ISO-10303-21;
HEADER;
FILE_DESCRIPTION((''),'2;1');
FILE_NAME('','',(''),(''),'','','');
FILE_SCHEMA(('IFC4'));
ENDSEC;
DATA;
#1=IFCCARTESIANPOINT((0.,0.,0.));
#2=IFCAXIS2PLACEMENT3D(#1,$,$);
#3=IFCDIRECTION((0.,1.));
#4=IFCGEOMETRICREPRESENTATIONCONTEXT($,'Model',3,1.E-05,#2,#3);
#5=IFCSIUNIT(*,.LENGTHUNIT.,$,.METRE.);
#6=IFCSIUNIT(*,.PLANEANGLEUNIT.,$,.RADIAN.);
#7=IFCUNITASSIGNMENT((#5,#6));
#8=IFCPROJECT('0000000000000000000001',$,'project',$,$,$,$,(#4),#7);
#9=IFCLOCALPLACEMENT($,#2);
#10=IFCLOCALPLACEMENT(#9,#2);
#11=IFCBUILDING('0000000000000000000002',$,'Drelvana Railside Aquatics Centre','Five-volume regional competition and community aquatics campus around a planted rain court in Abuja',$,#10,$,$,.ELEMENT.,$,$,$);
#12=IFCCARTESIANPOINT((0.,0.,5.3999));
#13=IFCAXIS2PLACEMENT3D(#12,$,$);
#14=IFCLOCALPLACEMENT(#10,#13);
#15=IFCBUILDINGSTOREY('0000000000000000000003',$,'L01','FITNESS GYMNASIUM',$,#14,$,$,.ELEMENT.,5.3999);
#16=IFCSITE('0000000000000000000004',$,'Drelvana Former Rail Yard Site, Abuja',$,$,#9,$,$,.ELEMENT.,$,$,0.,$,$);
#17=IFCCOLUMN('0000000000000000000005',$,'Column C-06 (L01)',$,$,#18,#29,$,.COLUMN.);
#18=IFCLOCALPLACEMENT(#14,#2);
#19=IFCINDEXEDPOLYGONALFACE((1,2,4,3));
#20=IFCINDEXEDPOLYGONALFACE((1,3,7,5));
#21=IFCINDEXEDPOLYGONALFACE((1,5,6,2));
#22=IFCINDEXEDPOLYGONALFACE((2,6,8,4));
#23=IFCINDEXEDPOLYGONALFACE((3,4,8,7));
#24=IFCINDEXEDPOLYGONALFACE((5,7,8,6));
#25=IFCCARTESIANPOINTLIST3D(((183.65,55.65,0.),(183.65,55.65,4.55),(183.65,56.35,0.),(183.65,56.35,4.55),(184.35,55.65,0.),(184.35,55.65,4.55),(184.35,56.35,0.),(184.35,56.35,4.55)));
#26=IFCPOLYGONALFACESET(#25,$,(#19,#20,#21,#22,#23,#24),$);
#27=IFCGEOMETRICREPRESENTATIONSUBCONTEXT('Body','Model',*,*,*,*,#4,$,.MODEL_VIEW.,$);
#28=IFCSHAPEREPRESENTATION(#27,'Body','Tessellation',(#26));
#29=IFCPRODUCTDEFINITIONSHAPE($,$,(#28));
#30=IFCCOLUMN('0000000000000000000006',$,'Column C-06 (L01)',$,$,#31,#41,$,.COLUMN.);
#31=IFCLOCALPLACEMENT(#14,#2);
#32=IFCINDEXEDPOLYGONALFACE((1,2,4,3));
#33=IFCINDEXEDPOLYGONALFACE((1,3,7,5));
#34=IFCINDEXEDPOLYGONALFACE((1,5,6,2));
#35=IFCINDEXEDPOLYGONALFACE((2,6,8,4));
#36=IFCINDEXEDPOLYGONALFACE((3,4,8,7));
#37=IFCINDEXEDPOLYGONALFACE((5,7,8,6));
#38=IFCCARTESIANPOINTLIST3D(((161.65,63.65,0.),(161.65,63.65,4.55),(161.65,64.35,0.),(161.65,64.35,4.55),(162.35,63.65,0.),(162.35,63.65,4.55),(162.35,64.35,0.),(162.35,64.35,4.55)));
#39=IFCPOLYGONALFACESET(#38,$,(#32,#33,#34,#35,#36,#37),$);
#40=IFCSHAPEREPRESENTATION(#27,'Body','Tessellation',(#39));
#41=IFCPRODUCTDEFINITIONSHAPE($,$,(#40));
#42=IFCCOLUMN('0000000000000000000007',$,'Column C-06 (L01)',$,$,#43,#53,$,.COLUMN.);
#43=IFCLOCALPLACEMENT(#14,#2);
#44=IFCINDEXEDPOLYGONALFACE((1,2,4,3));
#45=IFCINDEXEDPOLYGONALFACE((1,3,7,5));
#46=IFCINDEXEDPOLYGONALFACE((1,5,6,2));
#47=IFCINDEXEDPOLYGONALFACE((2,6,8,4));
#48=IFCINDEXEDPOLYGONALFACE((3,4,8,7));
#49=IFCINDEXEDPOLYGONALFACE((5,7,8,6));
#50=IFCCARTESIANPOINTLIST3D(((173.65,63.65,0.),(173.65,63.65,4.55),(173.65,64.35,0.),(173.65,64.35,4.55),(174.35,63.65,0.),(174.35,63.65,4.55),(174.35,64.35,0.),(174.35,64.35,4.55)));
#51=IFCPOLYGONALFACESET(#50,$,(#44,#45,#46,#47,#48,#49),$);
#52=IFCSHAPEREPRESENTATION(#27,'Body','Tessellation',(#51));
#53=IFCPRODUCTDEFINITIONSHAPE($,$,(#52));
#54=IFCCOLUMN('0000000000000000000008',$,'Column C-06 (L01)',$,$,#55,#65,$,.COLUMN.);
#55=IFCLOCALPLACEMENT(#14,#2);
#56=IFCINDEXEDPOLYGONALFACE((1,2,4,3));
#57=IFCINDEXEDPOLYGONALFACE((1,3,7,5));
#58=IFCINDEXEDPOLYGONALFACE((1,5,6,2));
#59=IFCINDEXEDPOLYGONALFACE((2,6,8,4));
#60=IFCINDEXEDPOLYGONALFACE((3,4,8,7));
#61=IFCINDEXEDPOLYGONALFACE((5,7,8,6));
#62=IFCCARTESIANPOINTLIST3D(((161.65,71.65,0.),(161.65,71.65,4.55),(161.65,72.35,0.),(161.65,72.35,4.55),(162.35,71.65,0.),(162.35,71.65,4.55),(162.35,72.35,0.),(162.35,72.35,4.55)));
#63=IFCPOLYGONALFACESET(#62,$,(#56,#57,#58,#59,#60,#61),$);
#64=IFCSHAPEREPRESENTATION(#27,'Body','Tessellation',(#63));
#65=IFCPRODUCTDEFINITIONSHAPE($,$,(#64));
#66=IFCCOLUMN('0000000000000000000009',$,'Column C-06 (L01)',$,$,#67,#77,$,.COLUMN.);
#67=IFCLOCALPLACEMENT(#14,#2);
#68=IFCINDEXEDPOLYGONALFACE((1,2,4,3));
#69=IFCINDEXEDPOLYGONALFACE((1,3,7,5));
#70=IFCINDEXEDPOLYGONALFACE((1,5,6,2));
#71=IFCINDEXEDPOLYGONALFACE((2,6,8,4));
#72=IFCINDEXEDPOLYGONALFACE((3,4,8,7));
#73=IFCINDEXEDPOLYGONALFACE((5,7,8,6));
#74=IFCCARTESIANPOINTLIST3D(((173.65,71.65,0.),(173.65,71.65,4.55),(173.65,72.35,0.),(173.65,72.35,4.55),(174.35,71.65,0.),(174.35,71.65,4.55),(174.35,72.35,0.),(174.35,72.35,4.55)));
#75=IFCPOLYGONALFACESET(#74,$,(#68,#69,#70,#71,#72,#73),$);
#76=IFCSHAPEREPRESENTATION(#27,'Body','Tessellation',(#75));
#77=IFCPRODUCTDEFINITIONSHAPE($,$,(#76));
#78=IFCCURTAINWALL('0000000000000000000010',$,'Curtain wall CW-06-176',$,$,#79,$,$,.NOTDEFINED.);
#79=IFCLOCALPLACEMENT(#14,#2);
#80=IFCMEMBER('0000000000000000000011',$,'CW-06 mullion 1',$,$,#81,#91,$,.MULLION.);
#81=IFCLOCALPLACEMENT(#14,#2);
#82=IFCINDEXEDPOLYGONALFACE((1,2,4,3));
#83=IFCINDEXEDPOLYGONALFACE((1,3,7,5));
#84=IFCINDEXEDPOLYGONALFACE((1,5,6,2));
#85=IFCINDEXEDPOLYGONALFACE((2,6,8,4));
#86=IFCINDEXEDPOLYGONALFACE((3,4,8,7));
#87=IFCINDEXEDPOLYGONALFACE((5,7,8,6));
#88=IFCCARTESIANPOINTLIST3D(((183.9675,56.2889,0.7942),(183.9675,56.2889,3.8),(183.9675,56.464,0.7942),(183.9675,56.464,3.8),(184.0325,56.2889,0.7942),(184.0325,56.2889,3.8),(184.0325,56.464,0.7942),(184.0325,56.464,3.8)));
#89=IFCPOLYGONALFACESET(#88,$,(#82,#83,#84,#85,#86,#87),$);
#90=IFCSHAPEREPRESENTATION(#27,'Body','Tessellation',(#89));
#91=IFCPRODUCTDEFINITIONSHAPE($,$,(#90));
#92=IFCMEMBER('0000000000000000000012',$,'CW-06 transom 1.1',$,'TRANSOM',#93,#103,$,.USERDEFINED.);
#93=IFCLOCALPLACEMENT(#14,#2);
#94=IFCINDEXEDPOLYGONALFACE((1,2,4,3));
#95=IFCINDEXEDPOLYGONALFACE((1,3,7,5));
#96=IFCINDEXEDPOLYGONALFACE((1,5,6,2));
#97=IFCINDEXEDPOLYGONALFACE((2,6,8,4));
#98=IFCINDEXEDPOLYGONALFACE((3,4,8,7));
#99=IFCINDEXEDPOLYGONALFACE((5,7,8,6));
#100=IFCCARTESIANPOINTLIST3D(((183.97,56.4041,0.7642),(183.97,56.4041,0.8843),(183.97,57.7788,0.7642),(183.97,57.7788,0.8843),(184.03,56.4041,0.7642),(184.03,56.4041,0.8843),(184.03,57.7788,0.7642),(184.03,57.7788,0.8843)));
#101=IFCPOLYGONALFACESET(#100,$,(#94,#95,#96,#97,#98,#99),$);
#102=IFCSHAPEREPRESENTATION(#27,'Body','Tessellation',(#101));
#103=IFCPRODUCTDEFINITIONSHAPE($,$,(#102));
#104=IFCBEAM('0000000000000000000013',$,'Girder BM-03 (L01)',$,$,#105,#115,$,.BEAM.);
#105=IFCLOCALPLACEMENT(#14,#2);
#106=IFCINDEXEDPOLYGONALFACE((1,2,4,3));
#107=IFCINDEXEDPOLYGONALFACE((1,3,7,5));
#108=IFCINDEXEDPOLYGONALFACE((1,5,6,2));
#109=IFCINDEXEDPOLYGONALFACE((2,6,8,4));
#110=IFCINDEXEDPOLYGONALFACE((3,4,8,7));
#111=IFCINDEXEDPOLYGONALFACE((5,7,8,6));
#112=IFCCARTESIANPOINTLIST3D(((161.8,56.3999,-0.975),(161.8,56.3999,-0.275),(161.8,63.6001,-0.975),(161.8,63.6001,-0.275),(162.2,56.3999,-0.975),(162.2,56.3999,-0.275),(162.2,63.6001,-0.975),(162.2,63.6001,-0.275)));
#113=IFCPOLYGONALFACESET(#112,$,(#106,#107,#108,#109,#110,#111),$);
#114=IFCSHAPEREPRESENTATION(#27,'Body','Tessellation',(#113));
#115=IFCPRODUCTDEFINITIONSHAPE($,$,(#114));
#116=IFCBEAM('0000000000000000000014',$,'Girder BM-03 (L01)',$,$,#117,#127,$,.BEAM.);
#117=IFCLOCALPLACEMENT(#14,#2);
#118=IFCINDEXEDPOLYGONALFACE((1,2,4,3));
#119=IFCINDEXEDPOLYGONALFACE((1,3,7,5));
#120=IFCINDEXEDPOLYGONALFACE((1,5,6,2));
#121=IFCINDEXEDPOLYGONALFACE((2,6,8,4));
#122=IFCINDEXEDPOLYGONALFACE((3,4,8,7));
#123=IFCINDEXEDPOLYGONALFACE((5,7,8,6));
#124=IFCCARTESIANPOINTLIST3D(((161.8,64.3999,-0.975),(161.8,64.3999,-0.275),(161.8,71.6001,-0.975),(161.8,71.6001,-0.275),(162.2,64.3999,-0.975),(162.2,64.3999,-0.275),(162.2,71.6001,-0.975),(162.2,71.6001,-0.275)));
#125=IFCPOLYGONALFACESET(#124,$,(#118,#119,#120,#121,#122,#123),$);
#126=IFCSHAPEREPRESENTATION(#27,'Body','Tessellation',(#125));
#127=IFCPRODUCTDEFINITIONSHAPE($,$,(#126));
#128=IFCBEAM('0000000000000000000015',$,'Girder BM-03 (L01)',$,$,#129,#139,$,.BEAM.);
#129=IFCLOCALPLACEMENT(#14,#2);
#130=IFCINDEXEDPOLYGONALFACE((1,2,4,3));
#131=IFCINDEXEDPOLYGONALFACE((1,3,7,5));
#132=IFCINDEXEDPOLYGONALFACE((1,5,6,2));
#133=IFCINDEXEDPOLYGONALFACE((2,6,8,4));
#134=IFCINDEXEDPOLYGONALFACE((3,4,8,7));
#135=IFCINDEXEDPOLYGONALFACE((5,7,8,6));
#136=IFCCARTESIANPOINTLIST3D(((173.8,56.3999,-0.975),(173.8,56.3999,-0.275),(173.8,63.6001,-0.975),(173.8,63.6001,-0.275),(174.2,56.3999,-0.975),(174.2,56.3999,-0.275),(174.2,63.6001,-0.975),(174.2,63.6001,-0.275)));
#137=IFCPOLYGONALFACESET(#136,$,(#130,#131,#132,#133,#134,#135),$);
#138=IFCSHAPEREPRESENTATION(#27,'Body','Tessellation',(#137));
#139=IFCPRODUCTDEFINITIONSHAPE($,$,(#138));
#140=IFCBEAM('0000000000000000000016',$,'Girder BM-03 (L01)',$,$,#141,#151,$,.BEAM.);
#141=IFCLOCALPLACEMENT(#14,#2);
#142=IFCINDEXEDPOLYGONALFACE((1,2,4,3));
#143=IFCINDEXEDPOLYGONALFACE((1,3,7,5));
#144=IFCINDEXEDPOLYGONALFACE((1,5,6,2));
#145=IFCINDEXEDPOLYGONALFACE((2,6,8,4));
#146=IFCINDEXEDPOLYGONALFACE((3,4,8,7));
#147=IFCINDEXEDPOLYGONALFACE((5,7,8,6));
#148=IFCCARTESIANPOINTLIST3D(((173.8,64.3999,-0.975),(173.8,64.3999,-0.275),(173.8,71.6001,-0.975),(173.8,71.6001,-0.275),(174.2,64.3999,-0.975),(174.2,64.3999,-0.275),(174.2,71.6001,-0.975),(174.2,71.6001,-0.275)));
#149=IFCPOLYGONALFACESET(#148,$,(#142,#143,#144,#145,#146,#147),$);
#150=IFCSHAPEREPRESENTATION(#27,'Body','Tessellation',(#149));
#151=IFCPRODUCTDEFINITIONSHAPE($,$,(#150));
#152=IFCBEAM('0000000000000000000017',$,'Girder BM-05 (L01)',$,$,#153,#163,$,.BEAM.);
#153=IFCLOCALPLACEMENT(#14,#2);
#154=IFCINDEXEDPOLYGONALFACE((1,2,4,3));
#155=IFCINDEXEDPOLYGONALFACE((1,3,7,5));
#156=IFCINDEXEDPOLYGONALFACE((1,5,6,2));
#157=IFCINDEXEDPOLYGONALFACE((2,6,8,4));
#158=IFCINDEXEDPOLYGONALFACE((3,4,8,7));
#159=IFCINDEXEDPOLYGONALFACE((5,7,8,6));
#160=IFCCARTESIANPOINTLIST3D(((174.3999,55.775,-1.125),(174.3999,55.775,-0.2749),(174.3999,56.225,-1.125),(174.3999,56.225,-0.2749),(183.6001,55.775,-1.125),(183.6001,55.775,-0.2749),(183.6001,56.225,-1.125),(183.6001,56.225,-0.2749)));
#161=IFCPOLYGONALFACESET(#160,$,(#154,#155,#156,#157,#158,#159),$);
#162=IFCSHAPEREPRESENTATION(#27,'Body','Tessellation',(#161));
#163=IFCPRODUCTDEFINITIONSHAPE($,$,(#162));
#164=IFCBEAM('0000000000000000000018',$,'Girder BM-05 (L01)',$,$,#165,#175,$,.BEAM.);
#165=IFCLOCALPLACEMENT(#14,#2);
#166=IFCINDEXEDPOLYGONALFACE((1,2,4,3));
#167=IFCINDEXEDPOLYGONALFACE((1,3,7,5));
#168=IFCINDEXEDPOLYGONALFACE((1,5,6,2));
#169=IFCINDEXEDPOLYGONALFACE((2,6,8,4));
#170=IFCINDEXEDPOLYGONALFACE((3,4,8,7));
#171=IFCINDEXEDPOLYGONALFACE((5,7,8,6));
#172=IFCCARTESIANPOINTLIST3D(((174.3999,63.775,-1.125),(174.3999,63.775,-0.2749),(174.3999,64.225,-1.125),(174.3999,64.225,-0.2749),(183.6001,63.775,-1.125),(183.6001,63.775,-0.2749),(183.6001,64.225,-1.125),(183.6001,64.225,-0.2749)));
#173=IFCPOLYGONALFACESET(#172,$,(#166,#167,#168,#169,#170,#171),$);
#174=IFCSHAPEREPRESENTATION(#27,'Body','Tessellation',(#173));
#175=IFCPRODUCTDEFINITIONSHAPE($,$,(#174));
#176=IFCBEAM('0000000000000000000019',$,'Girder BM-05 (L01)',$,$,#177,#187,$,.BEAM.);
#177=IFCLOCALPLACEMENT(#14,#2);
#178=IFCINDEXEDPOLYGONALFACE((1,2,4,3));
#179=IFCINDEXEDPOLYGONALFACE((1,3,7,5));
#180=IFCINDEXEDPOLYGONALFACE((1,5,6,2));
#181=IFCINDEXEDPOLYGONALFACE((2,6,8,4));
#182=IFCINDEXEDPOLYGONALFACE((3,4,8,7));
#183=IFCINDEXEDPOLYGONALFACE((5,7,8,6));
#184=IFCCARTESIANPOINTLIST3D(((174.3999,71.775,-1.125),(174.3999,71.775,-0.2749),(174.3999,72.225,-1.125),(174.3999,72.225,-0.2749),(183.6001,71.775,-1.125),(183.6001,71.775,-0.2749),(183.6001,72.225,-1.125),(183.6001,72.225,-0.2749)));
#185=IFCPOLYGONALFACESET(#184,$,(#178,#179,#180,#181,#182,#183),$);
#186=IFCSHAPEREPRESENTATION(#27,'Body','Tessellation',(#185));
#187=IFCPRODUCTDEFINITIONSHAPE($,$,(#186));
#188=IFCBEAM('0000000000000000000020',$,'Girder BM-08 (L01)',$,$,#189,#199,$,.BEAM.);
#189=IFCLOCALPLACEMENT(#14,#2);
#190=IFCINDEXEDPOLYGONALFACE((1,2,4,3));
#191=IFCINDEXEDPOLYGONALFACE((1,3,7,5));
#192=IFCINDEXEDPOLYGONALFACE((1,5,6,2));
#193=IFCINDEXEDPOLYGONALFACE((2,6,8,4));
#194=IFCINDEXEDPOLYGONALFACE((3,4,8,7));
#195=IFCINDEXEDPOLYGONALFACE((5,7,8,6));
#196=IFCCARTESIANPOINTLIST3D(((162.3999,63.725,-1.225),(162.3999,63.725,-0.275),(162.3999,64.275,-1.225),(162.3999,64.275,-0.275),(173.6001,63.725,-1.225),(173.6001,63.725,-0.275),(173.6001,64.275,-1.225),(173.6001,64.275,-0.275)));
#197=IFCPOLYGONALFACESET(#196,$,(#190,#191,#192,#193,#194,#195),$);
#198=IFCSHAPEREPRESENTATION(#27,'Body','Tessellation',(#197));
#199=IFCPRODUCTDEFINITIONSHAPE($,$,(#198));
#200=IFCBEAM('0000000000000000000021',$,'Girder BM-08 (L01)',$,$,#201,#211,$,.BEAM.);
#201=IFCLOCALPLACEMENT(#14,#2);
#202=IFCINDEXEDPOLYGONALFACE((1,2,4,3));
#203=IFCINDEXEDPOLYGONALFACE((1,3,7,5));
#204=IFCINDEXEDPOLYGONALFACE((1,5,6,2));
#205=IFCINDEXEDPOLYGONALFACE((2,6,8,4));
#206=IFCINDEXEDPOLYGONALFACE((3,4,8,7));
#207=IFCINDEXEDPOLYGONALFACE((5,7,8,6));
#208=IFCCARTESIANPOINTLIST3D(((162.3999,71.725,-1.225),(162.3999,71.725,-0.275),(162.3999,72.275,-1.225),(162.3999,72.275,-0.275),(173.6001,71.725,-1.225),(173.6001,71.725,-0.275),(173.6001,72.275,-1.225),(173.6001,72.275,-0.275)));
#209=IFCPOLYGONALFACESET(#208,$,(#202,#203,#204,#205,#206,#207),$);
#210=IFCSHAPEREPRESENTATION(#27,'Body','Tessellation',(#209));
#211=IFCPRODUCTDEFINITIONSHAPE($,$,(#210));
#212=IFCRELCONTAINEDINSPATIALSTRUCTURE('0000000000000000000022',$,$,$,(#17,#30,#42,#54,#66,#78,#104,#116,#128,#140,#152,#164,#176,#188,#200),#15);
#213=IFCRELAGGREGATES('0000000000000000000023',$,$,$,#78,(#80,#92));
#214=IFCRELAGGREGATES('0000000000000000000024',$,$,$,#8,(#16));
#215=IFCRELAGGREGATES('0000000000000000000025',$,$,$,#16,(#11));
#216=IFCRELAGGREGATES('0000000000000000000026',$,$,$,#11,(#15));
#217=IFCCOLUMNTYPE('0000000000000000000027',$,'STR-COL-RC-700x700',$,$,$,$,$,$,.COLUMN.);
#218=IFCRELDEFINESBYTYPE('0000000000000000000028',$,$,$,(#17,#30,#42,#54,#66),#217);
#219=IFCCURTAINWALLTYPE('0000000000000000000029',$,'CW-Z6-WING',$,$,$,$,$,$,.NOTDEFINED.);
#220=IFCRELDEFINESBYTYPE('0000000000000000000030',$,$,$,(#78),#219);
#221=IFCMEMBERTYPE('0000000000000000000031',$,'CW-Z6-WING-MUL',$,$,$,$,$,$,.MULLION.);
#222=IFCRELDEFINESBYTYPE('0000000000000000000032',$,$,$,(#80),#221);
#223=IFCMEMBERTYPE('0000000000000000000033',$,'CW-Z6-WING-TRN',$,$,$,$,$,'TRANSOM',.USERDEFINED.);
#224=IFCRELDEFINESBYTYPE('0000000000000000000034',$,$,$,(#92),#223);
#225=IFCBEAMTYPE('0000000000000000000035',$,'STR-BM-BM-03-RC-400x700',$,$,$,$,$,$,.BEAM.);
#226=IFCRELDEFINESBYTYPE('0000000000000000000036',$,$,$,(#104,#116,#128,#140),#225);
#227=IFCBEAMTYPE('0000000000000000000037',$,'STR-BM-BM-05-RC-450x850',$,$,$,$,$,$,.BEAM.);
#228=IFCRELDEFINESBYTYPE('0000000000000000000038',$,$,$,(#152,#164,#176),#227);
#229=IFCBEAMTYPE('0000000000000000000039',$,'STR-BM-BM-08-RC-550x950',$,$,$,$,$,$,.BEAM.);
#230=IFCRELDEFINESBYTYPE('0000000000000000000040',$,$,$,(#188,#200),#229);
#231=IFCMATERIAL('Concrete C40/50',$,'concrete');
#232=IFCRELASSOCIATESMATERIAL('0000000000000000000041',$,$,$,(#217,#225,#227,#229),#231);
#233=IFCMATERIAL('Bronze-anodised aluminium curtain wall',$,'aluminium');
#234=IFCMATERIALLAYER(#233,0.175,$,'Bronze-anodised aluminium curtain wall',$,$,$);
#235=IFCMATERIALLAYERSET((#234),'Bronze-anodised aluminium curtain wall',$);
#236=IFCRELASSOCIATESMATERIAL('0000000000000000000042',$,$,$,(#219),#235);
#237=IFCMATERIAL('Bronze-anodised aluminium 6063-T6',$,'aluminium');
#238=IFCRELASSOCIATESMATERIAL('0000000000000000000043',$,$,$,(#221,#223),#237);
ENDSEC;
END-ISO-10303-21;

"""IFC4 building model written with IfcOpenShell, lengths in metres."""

from ifc_helpers import new_model, si_unit, direction, frame, origin, origin_2d, place, context, subcontext, project, spatial, rectangle, extrude, material, layer, layer_set, material_profile, profile_set, type_object, element, aggregate, save


model = new_model("IFC4")

# Units and contexts
model_context = context("Model", 3, precision=1e-05, world=origin(), true_north=direction((0.0, 1.0)))
body_context = subcontext(model_context, "Body", "Model", "MODEL_VIEW")
ifc_project = project(units=[si_unit("LENGTHUNIT", "METRE"), si_unit("PLANEANGLEUNIT", "RADIAN")], contexts=[model_context])

# Site, building, storey
site_placement = place(None, origin())
site = spatial("IfcSite", under=ifc_project, at=site_placement, Name="Drelvana Former Rail Yard Site, Abuja", CompositionType="ELEMENT", RefElevation=0.0)
building_placement = place(site_placement, origin())
building = spatial("IfcBuilding", under=site, at=building_placement, Name="Drelvana Railside Aquatics Centre", Description="Five-volume regional competition and community aquatics campus around a planted rain court in Abuja", CompositionType="ELEMENT")
storey_placement = place(building_placement, frame((0.0, 0.0, 5.3999)))
storey = spatial("IfcBuildingStorey", under=building, at=storey_placement, Name="L01", Description="FITNESS GYMNASIUM", CompositionType="ELEMENT", Elevation=5.3999)

# Columns
ifc_material_1 = material(Name="Concrete C40/50", Category="concrete")
ifc_material_profile_1 = material_profile(ifc_material_1, rectangle(XDim=0.7, YDim=0.7, at=origin_2d()), Name="RC 700x700")
ifc_profile_set_1 = profile_set([ifc_material_profile_1], Name="Concrete C40/50")
column_type = type_object("IfcColumnType", Name="STR-COL-RC-700x700", PredefinedType="COLUMN", material=ifc_profile_set_1)
for number, where, z_axis, x_axis, name in (
    (1, (184.0, 56.0, 0.0), (0.0, 0.0, 1.0), (1.0, 0.0, 0.0), "Column C-06 (L01)"),
    (2, (162.0, 64.0, 0.0), (0.0, 0.0, 1.0), (1.0, 0.0, 0.0), "Column C-06 (L01)"),
    (3, (174.0, 64.0, 0.0), (0.0, 0.0, 1.0), (1.0, 0.0, 0.0), "Column C-06 (L01)"),
    (4, (162.0, 72.0, 0.0), (0.0, 0.0, 1.0), (1.0, 0.0, 0.0), "Column C-06 (L01)"),
    (5, (174.0, 72.0, 0.0), (0.0, 0.0, 1.0), (1.0, 0.0, 0.0), "Column C-06 (L01)"),
):
    element("IfcColumn", number, at=place(storey_placement, frame(where, z_axis=z_axis, x_axis=x_axis)), inside=storey, type_object=column_type, Name=name, PredefinedType="COLUMN", context=body_context, shape_type="SweptSolid", body=[
        extrude(rectangle(XDim=0.7, YDim=0.7, at=origin_2d()), origin(), (0.0, 0.0, 1.0), 4.55),
    ])

# Curtain wall, members
ifc_material_2 = material(Name="Bronze-anodised aluminium curtain wall", Category="aluminium")
ifc_layer_1 = layer(ifc_material_2, 0.175, Name="Bronze-anodised aluminium curtain wall")
ifc_layer_set_1 = layer_set([ifc_layer_1], Name="Bronze-anodised aluminium curtain wall")
curtain_wall_type = type_object("IfcCurtainWallType", Name="CW-Z6-WING", PredefinedType="NOTDEFINED", material=ifc_layer_set_1)
curtain_wall_placement = place(storey_placement, origin())
curtain_wall = element("IfcCurtainWall", 6, at=curtain_wall_placement, inside=storey, type_object=curtain_wall_type, Name="Curtain wall CW-06-176", PredefinedType="NOTDEFINED")
ifc_material_3 = material(Name="Bronze-anodised aluminium 6063-T6", Category="aluminium")
ifc_material_profile_2 = material_profile(ifc_material_3, rectangle(XDim=0.0649, YDim=0.175, at=origin_2d()), Name="ALU-M 65x175")
ifc_profile_set_2 = profile_set([ifc_material_profile_2], Name="Bronze-anodised aluminium 6063-T6")
member_type_1 = type_object("IfcMemberType", Name="CW-Z6-WING-MUL", PredefinedType="MULLION", material=ifc_profile_set_2)
member_1_placement = place(storey_placement, frame((184.0, 56.3765, 0.7942), z_axis=(0.0, 0.0, 1.0), x_axis=(-1.0, 0.0, 0.0)))
member_1 = element("IfcMember", 7, at=member_1_placement, type_object=member_type_1, Name="CW-06 mullion 1", PredefinedType="MULLION", context=body_context, shape_type="SweptSolid", body=[
    extrude(rectangle(XDim=0.0649, YDim=0.175, at=origin_2d()), origin(), (0.0, 0.0, 1.0), 3.0059),
])
ifc_material_profile_3 = material_profile(ifc_material_3, rectangle(XDim=0.1201, YDim=0.0601, at=origin_2d()), Name="ALU-T 60x120")
ifc_profile_set_3 = profile_set([ifc_material_profile_3], Name="Bronze-anodised aluminium 6063-T6")
member_type_2 = type_object("IfcMemberType", Name="CW-Z6-WING-TRN", ElementType="TRANSOM", PredefinedType="USERDEFINED", material=ifc_profile_set_3)
member_2_placement = place(storey_placement, frame((184.0, 56.4041, 0.8242), z_axis=(0.0, 1.0, 0.0), x_axis=(0.0, 0.0, 1.0)))
member_2 = element("IfcMember", 8, at=member_2_placement, type_object=member_type_2, Name="CW-06 transom 1.1", ObjectType="TRANSOM", PredefinedType="USERDEFINED", context=body_context, shape_type="SweptSolid", body=[
    extrude(rectangle(XDim=0.1201, YDim=0.0601, at=origin_2d()), origin(), (0.0, 0.0, 1.0), 1.3748),
])
aggregate(curtain_wall, [member_1, member_2])

# Beams
ifc_material_profile_4 = material_profile(ifc_material_1, rectangle(XDim=0.3999, YDim=0.7, at=origin_2d()), Name="RC 400x700")
ifc_profile_set_4 = profile_set([ifc_material_profile_4], Name="Concrete C40/50")
beam_type_1 = type_object("IfcBeamType", Name="STR-BM-BM-03-RC-400x700", PredefinedType="BEAM", material=ifc_profile_set_4)
for number, where, z_axis, x_axis, name in (
    (9, (162.0, 56.3999, -0.625), (0.0, 1.0, 0.0), (-1.0, 0.0, 0.0), "Girder BM-03 (L01)"),
    (10, (162.0, 64.3999, -0.625), (0.0, 1.0, 0.0), (-1.0, 0.0, 0.0), "Girder BM-03 (L01)"),
    (11, (174.0, 56.3999, -0.625), (0.0, 1.0, 0.0), (-1.0, 0.0, 0.0), "Girder BM-03 (L01)"),
    (12, (174.0, 64.3999, -0.625), (0.0, 1.0, 0.0), (-1.0, 0.0, 0.0), "Girder BM-03 (L01)"),
):
    element("IfcBeam", number, at=place(storey_placement, frame(where, z_axis=z_axis, x_axis=x_axis)), inside=storey, type_object=beam_type_1, Name=name, PredefinedType="BEAM", context=body_context, shape_type="SweptSolid", body=[
        extrude(rectangle(XDim=0.3999, YDim=0.7, at=origin_2d()), origin(), (0.0, 0.0, 1.0), 7.2002),
    ])
ifc_material_profile_5 = material_profile(ifc_material_1, rectangle(XDim=0.45, YDim=0.8501, at=origin_2d()), Name="RC 450x850")
ifc_profile_set_5 = profile_set([ifc_material_profile_5], Name="Concrete C40/50")
beam_type_2 = type_object("IfcBeamType", Name="STR-BM-BM-05-RC-450x850", PredefinedType="BEAM", material=ifc_profile_set_5)
for number, where, z_axis, x_axis, name in (
    (13, (174.3999, 56.0, -0.7), (1.0, 0.0, 0.0), (0.0, 1.0, 0.0), "Girder BM-05 (L01)"),
    (14, (174.3999, 64.0, -0.7), (1.0, 0.0, 0.0), (0.0, 1.0, 0.0), "Girder BM-05 (L01)"),
    (15, (174.3999, 72.0, -0.7), (1.0, 0.0, 0.0), (0.0, 1.0, 0.0), "Girder BM-05 (L01)"),
):
    element("IfcBeam", number, at=place(storey_placement, frame(where, z_axis=z_axis, x_axis=x_axis)), inside=storey, type_object=beam_type_2, Name=name, PredefinedType="BEAM", context=body_context, shape_type="SweptSolid", body=[
        extrude(rectangle(XDim=0.45, YDim=0.8501, at=origin_2d()), origin(), (0.0, 0.0, 1.0), 9.2002),
    ])
ifc_material_profile_6 = material_profile(ifc_material_1, rectangle(XDim=0.55, YDim=0.95, at=origin_2d()), Name="RC 550x950")
ifc_profile_set_6 = profile_set([ifc_material_profile_6], Name="Concrete C40/50")
beam_type_3 = type_object("IfcBeamType", Name="STR-BM-BM-08-RC-550x950", PredefinedType="BEAM", material=ifc_profile_set_6)
for number, where, z_axis, x_axis, name in (
    (16, (162.3999, 64.0, -0.75), (1.0, 0.0, 0.0), (0.0, 1.0, 0.0), "Girder BM-08 (L01)"),
    (17, (162.3999, 72.0, -0.75), (1.0, 0.0, 0.0), (0.0, 1.0, 0.0), "Girder BM-08 (L01)"),
):
    element("IfcBeam", number, at=place(storey_placement, frame(where, z_axis=z_axis, x_axis=x_axis)), inside=storey, type_object=beam_type_3, Name=name, PredefinedType="BEAM", context=body_context, shape_type="SweptSolid", body=[
        extrude(rectangle(XDim=0.55, YDim=0.95, at=origin_2d()), origin(), (0.0, 0.0, 1.0), 11.2002),
    ])

save(model, "model.ifc")
